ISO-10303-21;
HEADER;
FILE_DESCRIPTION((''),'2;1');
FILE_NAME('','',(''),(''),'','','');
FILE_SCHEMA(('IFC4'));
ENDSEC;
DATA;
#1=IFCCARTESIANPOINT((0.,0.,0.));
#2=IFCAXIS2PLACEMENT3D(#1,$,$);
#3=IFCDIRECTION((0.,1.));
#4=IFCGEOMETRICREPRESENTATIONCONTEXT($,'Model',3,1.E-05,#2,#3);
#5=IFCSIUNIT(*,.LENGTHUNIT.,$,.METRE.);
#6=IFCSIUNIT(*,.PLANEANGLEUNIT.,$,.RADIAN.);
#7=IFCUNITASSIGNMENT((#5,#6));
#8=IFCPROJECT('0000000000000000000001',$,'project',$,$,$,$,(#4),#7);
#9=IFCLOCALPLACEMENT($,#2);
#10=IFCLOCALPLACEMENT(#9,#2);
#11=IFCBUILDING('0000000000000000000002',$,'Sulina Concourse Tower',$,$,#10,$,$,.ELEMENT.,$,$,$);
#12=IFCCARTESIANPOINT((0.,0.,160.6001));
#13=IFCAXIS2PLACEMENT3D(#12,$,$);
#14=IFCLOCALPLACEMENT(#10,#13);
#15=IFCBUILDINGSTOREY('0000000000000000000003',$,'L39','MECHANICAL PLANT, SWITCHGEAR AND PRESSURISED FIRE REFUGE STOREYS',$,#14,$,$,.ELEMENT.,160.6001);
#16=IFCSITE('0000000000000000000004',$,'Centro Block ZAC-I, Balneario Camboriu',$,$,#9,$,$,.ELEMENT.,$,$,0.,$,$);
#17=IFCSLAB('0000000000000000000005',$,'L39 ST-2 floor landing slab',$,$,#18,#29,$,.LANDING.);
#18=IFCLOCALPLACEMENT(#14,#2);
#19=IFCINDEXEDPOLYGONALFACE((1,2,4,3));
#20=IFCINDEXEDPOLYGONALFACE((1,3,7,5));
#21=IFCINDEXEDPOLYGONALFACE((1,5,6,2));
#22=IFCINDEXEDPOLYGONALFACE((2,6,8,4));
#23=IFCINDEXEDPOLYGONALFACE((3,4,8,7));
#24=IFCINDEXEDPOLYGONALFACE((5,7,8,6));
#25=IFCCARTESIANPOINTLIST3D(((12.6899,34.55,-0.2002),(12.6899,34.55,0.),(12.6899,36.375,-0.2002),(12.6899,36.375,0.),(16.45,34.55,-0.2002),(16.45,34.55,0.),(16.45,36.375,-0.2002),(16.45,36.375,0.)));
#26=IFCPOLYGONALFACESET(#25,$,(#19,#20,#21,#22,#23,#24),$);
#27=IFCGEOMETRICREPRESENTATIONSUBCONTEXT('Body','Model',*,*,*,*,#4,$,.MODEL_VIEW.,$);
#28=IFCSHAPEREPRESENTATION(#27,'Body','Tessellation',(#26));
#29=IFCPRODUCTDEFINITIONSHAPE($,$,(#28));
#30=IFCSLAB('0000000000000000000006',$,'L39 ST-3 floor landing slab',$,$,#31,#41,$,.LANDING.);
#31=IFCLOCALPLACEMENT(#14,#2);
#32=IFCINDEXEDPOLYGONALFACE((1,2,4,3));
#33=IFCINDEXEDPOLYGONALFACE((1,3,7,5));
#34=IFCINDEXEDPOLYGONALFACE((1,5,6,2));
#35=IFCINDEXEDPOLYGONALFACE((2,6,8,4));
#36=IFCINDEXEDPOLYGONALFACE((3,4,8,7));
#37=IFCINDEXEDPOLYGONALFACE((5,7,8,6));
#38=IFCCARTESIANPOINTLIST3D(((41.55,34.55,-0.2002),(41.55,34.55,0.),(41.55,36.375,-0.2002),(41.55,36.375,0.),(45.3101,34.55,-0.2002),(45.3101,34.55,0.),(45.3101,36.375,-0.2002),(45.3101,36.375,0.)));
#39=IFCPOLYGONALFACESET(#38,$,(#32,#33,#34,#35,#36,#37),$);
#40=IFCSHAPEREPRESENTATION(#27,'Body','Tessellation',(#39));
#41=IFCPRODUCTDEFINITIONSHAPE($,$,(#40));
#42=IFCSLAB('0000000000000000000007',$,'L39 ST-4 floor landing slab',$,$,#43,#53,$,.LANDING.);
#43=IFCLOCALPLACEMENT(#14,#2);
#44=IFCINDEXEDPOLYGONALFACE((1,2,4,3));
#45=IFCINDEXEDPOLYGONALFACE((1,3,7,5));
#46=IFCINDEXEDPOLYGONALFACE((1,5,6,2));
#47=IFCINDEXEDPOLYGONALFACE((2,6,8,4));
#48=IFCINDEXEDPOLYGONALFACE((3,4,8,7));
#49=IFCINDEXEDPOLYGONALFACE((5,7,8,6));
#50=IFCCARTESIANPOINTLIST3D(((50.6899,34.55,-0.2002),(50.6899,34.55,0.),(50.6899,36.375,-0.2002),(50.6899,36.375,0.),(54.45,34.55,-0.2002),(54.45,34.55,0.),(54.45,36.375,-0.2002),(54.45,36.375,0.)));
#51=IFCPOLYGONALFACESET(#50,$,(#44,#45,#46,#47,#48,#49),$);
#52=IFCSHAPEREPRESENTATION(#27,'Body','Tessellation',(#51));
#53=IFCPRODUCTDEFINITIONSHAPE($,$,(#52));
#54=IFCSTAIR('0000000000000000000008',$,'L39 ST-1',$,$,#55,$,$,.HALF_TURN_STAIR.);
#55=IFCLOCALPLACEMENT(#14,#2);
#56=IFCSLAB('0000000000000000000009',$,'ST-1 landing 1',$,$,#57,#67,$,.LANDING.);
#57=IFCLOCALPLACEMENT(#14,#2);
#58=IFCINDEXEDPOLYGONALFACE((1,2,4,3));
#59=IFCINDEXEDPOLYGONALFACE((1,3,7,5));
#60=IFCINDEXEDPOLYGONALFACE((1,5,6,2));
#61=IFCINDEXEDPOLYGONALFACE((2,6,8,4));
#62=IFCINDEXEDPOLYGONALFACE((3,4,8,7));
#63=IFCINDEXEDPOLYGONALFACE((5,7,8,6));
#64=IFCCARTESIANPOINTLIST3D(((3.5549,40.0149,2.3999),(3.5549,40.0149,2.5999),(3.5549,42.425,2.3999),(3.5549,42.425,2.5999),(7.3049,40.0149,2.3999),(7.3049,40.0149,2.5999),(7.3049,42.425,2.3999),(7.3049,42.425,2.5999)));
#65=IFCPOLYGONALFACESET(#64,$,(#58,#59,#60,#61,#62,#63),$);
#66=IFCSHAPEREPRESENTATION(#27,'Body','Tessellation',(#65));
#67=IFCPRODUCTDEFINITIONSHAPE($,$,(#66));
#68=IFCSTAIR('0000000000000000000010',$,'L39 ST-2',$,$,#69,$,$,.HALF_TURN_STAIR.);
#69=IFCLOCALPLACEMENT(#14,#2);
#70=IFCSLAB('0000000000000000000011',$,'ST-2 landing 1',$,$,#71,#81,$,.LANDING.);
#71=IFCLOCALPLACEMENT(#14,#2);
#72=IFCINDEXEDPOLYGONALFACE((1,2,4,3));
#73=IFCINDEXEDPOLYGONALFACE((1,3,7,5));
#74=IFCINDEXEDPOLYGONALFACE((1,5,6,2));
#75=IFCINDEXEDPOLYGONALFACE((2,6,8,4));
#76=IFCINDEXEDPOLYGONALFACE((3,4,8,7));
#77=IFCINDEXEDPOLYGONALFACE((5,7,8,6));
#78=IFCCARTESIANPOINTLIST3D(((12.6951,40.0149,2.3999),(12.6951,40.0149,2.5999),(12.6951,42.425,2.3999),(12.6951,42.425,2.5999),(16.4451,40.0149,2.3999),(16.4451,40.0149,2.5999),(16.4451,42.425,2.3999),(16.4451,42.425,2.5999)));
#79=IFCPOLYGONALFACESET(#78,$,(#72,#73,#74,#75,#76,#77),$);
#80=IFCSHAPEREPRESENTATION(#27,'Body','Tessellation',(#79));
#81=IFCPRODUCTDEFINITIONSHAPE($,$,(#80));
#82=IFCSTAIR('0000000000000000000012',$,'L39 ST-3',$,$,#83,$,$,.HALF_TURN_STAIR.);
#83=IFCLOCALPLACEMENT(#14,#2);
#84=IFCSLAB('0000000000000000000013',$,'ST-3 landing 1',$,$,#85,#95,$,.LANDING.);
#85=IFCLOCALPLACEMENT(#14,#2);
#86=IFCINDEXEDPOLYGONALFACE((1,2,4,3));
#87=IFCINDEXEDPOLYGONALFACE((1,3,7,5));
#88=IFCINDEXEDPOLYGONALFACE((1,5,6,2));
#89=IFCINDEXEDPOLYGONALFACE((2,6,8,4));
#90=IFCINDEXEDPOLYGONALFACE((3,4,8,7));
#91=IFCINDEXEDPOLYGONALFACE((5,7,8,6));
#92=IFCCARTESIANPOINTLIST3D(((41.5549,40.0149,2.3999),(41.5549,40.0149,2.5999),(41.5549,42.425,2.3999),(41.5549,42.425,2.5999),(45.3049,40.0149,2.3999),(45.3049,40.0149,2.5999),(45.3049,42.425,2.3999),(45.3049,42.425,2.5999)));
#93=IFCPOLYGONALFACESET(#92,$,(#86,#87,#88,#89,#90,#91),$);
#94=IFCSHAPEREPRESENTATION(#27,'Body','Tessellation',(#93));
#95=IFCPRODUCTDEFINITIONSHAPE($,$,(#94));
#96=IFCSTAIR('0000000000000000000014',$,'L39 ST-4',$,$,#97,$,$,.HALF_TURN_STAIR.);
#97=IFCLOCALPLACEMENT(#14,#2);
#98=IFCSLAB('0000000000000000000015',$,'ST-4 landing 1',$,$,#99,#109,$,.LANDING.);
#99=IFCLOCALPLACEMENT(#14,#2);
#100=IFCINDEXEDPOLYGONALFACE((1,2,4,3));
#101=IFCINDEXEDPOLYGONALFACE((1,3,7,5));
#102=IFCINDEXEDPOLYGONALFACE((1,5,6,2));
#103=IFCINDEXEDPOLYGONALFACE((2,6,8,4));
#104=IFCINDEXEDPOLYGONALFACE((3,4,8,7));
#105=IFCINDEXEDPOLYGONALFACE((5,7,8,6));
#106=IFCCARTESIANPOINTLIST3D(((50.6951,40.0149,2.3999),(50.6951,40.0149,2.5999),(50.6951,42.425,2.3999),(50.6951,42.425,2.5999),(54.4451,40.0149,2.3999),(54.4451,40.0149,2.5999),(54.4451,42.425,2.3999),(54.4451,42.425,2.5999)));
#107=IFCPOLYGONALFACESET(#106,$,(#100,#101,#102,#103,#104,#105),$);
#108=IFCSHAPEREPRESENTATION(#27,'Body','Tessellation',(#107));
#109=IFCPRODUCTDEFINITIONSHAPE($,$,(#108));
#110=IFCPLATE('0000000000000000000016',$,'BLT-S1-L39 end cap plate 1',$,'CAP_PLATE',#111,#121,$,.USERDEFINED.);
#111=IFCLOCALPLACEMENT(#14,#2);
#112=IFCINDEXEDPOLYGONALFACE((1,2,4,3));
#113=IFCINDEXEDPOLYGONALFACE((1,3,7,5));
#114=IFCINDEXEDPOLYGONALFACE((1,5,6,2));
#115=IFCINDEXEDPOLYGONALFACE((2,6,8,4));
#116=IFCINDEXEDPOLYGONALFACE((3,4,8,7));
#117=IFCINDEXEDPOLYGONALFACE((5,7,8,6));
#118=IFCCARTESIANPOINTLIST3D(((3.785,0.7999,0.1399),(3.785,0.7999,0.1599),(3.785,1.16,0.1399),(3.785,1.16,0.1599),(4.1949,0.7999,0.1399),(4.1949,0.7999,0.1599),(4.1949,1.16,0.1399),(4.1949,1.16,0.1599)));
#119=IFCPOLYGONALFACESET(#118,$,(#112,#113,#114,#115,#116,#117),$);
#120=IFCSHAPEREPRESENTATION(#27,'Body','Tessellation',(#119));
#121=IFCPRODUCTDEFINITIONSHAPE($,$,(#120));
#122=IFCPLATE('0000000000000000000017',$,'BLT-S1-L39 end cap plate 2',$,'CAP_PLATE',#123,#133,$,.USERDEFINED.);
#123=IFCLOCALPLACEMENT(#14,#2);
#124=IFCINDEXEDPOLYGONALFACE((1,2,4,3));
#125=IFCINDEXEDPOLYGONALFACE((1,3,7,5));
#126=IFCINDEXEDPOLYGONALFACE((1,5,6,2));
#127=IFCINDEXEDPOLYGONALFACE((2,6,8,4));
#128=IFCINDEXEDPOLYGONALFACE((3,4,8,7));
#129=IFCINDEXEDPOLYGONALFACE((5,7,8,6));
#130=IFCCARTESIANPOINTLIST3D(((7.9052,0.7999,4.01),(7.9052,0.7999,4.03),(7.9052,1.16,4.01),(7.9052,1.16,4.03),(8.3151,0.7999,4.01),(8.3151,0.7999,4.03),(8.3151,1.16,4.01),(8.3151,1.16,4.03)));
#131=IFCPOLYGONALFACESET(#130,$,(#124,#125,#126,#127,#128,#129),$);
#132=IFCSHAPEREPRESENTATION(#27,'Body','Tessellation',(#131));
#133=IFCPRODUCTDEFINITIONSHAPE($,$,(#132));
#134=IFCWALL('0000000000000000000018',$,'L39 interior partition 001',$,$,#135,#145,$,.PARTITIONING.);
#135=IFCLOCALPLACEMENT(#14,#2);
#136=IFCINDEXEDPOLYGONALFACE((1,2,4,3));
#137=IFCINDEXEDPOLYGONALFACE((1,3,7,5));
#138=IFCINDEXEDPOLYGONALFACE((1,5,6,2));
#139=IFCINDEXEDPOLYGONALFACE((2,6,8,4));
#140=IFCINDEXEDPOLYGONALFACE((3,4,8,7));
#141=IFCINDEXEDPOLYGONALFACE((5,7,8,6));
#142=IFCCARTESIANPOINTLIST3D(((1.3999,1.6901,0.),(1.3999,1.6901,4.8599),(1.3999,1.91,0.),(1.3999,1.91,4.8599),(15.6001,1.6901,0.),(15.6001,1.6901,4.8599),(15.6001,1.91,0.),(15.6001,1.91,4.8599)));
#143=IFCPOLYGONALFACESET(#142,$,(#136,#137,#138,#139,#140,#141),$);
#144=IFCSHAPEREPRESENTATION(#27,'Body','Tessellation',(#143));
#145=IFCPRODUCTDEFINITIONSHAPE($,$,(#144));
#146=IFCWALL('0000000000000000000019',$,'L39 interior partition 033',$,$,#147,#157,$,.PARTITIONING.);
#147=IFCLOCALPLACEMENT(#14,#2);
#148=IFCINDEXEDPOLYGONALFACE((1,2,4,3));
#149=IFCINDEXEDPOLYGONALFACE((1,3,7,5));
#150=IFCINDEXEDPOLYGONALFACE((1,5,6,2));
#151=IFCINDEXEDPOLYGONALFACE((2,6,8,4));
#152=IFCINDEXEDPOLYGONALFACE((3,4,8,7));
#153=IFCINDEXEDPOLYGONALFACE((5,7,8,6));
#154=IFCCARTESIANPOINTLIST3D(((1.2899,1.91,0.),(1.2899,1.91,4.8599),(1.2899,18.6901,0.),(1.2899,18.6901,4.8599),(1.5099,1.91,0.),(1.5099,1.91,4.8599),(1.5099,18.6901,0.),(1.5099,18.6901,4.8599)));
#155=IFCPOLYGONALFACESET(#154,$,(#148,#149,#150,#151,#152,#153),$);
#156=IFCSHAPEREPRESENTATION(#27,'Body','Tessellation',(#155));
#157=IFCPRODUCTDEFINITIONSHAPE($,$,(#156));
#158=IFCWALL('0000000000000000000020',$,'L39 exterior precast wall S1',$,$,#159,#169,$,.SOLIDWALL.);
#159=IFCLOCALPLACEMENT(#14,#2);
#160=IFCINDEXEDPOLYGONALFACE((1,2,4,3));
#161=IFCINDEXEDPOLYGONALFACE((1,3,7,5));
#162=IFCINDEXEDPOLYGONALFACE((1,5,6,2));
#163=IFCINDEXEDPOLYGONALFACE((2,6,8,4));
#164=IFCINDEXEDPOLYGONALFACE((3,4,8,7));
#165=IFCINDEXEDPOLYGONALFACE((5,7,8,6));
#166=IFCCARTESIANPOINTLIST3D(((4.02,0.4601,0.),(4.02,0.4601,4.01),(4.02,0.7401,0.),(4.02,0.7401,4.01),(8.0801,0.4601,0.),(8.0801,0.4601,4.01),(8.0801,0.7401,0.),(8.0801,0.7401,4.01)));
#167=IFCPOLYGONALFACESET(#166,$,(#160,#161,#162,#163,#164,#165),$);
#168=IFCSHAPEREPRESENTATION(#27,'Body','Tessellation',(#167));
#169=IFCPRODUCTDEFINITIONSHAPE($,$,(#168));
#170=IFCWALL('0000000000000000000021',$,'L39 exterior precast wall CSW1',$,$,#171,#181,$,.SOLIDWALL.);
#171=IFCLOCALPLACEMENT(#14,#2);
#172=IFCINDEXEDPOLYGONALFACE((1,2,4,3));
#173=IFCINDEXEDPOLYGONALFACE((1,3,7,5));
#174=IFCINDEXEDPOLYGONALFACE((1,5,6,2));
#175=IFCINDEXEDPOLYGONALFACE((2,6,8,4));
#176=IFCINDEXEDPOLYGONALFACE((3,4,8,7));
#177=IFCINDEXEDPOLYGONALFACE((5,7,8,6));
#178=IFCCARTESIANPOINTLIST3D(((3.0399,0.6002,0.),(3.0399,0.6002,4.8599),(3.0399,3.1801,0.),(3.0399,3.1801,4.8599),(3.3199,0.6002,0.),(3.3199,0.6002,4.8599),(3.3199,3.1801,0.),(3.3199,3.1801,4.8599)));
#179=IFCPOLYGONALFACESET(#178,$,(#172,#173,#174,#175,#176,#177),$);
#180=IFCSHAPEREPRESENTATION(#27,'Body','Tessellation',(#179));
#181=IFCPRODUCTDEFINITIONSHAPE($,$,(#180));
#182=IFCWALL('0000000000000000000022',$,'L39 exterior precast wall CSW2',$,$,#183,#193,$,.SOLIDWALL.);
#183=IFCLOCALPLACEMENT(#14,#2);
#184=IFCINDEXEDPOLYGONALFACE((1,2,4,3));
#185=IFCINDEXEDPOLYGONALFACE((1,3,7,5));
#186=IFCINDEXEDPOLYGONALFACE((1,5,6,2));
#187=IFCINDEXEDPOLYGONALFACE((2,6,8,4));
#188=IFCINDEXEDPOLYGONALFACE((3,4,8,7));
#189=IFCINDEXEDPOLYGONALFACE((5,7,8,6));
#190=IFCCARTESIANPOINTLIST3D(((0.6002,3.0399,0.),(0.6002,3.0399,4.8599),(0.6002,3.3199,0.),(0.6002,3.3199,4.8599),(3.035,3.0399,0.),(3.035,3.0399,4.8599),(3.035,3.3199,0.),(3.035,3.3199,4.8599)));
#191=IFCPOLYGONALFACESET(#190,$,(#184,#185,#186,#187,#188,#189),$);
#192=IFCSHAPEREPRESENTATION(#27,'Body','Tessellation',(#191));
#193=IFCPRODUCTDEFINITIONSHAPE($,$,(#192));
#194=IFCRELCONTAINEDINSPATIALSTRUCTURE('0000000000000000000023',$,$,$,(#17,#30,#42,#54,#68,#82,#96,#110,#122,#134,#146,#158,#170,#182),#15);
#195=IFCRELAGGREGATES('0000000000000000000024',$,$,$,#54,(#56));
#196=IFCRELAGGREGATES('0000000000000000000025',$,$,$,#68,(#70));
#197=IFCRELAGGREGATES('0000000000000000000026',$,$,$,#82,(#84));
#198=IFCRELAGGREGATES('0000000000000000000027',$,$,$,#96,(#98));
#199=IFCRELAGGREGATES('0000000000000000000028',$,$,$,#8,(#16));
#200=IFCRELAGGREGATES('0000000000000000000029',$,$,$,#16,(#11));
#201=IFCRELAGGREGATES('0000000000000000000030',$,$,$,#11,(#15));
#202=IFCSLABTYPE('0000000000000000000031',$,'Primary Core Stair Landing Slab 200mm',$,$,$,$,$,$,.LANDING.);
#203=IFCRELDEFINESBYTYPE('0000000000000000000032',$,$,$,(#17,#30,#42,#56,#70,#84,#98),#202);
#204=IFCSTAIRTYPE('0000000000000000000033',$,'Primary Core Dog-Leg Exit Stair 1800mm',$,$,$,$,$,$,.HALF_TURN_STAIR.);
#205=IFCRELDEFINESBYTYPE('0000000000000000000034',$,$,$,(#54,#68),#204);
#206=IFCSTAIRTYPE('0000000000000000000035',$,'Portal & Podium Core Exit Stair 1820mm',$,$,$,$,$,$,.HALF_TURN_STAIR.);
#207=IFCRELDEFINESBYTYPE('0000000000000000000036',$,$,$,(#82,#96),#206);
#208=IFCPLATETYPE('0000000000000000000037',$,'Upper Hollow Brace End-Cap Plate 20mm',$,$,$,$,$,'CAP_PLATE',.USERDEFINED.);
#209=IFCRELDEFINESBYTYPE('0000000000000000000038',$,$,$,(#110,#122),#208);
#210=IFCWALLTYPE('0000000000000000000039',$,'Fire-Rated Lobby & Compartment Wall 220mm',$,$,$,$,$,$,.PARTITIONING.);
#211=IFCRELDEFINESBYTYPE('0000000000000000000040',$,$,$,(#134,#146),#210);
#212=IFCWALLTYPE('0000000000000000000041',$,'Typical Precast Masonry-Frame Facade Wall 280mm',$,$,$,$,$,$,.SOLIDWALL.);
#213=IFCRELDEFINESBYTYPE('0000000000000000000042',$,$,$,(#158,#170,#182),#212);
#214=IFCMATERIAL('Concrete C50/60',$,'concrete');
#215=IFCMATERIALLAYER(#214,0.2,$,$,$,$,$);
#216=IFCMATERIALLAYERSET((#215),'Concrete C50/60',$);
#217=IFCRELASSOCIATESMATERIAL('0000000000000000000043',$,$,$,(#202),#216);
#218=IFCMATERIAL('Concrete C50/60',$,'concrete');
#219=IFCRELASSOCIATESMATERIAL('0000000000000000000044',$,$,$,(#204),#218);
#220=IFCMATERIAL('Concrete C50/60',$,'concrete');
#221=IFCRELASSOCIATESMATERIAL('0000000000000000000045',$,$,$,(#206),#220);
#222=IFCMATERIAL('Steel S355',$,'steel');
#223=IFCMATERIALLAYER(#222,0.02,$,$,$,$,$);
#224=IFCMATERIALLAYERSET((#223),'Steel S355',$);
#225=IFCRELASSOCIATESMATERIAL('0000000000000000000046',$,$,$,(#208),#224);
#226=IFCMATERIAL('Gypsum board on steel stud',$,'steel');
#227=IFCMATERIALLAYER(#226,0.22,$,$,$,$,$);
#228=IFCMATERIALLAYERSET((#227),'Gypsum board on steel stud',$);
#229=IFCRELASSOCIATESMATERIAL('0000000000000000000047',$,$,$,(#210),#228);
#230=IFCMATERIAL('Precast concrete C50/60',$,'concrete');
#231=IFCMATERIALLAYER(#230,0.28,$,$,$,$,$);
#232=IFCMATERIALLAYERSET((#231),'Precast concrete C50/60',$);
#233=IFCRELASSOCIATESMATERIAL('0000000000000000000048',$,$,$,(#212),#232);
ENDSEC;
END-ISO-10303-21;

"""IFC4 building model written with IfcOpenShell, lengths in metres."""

from ifc_helpers import new_model, si_unit, direction, frame, frame_2d, origin, origin_2d, place, context, subcontext, project, spatial, polyline, rectangle, outline, extrude, material, layer, layer_set, type_object, element, aggregate, save


model = new_model("IFC4")

# Units and contexts
model_context = context("Model", 3, precision=1e-05, world=origin(), true_north=direction((0.0, 1.0)))
body_context = subcontext(model_context, "Body", "Model", "MODEL_VIEW")
ifc_project = project(units=[si_unit("LENGTHUNIT", "METRE"), si_unit("PLANEANGLEUNIT", "RADIAN")], contexts=[model_context])

# Site, building, storey
site_placement = place(None, origin())
site = spatial("IfcSite", under=ifc_project, at=site_placement, Name="Centro Block ZAC-I, Balneario Camboriu", CompositionType="ELEMENT", RefElevation=0.0)
building_placement = place(site_placement, origin())
building = spatial("IfcBuilding", under=site, at=building_placement, Name="Sulina Concourse Tower", CompositionType="ELEMENT")
storey_placement = place(building_placement, frame((0.0, 0.0, 160.6001)))
storey = spatial("IfcBuildingStorey", under=building, at=storey_placement, Name="L39", Description="MECHANICAL PLANT, SWITCHGEAR AND PRESSURISED FIRE REFUGE STOREYS", CompositionType="ELEMENT", Elevation=160.6001)

# Slabs
ifc_material_1 = material(Name="Concrete C50/60", Category="concrete")
ifc_layer_1 = layer(ifc_material_1, 0.2)
ifc_layer_set_1 = layer_set([ifc_layer_1], Name="Concrete C50/60")
slab_type_1 = type_object("IfcSlabType", Name="Primary Core Stair Landing Slab 200mm", PredefinedType="LANDING", material=ifc_layer_set_1)
slab_1_placement = place(storey_placement, frame((0.0, 0.0, -0.2002)))
element("IfcSlab", 1, at=slab_1_placement, inside=storey, type_object=slab_type_1, Name="L39 ST-2 floor landing slab", PredefinedType="LANDING", context=body_context, shape_type="SweptSolid", body=[
    extrude(outline(polyline([(16.45, 34.55), (16.45, 36.375), (12.6899, 36.375), (12.6899, 34.55), (16.45, 34.55)])), origin(), (0.0, 0.0, 1.0), 0.2002),
])
slab_2_placement = place(storey_placement, frame((0.0, 0.0, -0.2002)))
element("IfcSlab", 2, at=slab_2_placement, inside=storey, type_object=slab_type_1, Name="L39 ST-3 floor landing slab", PredefinedType="LANDING", context=body_context, shape_type="SweptSolid", body=[
    extrude(outline(polyline([(45.3101, 34.55), (45.3101, 36.375), (41.55, 36.375), (41.55, 34.55), (45.3101, 34.55)])), origin(), (0.0, 0.0, 1.0), 0.2002),
])
slab_3_placement = place(storey_placement, frame((0.0, 0.0, -0.2002)))
element("IfcSlab", 3, at=slab_3_placement, inside=storey, type_object=slab_type_1, Name="L39 ST-4 floor landing slab", PredefinedType="LANDING", context=body_context, shape_type="SweptSolid", body=[
    extrude(outline(polyline([(54.45, 34.55), (54.45, 36.375), (50.6899, 36.375), (50.6899, 34.55), (54.45, 34.55)])), origin(), (0.0, 0.0, 1.0), 0.2002),
])

# Stairs, slabs
ifc_material_2 = material(Name="Concrete C50/60", Category="concrete")
stair_type_1 = type_object("IfcStairType", Name="Primary Core Dog-Leg Exit Stair 1800mm", PredefinedType="HALF_TURN_STAIR", material=ifc_material_2)
stair_1_placement = place(storey_placement, origin())
stair_1 = element("IfcStair", 4, at=stair_1_placement, inside=storey, type_object=stair_type_1, Name="L39 ST-1", PredefinedType="HALF_TURN_STAIR")
slab_4_placement = place(storey_placement, frame((0.0, 0.0, 2.3999)))
slab_4 = element("IfcSlab", 5, at=slab_4_placement, type_object=slab_type_1, Name="ST-1 landing 1", PredefinedType="LANDING", context=body_context, shape_type="SweptSolid", body=[
    extrude(outline(polyline([(7.3049, 40.0149), (7.3049, 42.425), (3.5549, 42.425), (3.5549, 40.0149), (7.3049, 40.0149)])), origin(), (0.0, 0.0, 1.0), 0.2),
])
aggregate(stair_1, [slab_4])
stair_2_placement = place(storey_placement, origin())
stair_2 = element("IfcStair", 6, at=stair_2_placement, inside=storey, type_object=stair_type_1, Name="L39 ST-2", PredefinedType="HALF_TURN_STAIR")
slab_5_placement = place(storey_placement, frame((0.0, 0.0, 2.3999)))
slab_5 = element("IfcSlab", 7, at=slab_5_placement, type_object=slab_type_1, Name="ST-2 landing 1", PredefinedType="LANDING", context=body_context, shape_type="SweptSolid", body=[
    extrude(outline(polyline([(16.4451, 40.0149), (16.4451, 42.425), (12.6951, 42.425), (12.6951, 40.0149), (16.4451, 40.0149)])), origin(), (0.0, 0.0, 1.0), 0.2),
])
aggregate(stair_2, [slab_5])
ifc_material_3 = material(Name="Concrete C50/60", Category="concrete")
stair_type_2 = type_object("IfcStairType", Name="Portal & Podium Core Exit Stair 1820mm", PredefinedType="HALF_TURN_STAIR", material=ifc_material_3)
stair_3_placement = place(storey_placement, origin())
stair_3 = element("IfcStair", 8, at=stair_3_placement, inside=storey, type_object=stair_type_2, Name="L39 ST-3", PredefinedType="HALF_TURN_STAIR")
slab_6_placement = place(storey_placement, frame((0.0, 0.0, 2.3999)))
slab_6 = element("IfcSlab", 9, at=slab_6_placement, type_object=slab_type_1, Name="ST-3 landing 1", PredefinedType="LANDING", context=body_context, shape_type="SweptSolid", body=[
    extrude(outline(polyline([(45.3049, 40.0149), (45.3049, 42.425), (41.5549, 42.425), (41.5549, 40.0149), (45.3049, 40.0149)])), origin(), (0.0, 0.0, 1.0), 0.2),
])
aggregate(stair_3, [slab_6])
stair_4_placement = place(storey_placement, origin())
stair_4 = element("IfcStair", 10, at=stair_4_placement, inside=storey, type_object=stair_type_2, Name="L39 ST-4", PredefinedType="HALF_TURN_STAIR")
slab_7_placement = place(storey_placement, frame((0.0, 0.0, 2.3999)))
slab_7 = element("IfcSlab", 11, at=slab_7_placement, type_object=slab_type_1, Name="ST-4 landing 1", PredefinedType="LANDING", context=body_context, shape_type="SweptSolid", body=[
    extrude(outline(polyline([(54.4451, 40.0149), (54.4451, 42.425), (50.6951, 42.425), (50.6951, 40.0149), (54.4451, 40.0149)])), origin(), (0.0, 0.0, 1.0), 0.2),
])
aggregate(stair_4, [slab_7])

# Plates
ifc_material_4 = material(Name="Steel S355", Category="steel")
ifc_layer_2 = layer(ifc_material_4, 0.02)
ifc_layer_set_2 = layer_set([ifc_layer_2], Name="Steel S355")
plate_type_1 = type_object("IfcPlateType", Name="Upper Hollow Brace End-Cap Plate 20mm", ElementType="CAP_PLATE", PredefinedType="USERDEFINED", material=ifc_layer_set_2)
for number, where, z_axis, x_axis, name in (
    (12, (3.99, 0.98, 0.1399), (0.0, 0.0, 1.0), (1.0, 0.0, 0.0), "BLT-S1-L39 end cap plate 1"),
    (13, (8.1101, 0.98, 4.01), (0.0, 0.0, 1.0), (1.0, 0.0, 0.0), "BLT-S1-L39 end cap plate 2"),
):
    element("IfcPlate", number, at=place(storey_placement, frame(where, z_axis=z_axis, x_axis=x_axis)), inside=storey, type_object=plate_type_1, Name=name, ObjectType="CAP_PLATE", PredefinedType="USERDEFINED", context=body_context, shape_type="SweptSolid", body=[
        extrude(rectangle(XDim=0.4099, YDim=0.3601, at=origin_2d()), origin(), (0.0, 0.0, 1.0), 0.02),
    ])

# Walls
ifc_material_5 = material(Name="Gypsum board on steel stud", Category="steel")
ifc_layer_3 = layer(ifc_material_5, 0.22)
ifc_layer_set_3 = layer_set([ifc_layer_3], Name="Gypsum board on steel stud")
wall_type_1 = type_object("IfcWallType", Name="Fire-Rated Lobby & Compartment Wall 220mm", PredefinedType="PARTITIONING", material=ifc_layer_set_3)
wall_1_placement = place(storey_placement, frame((1.3999, 1.8, 0.0), z_axis=(0.0, 0.0, 1.0), x_axis=(1.0, 0.0, 0.0)))
element("IfcWall", 14, at=wall_1_placement, inside=storey, type_object=wall_type_1, Name="L39 interior partition 001", PredefinedType="PARTITIONING", context=body_context, shape_type="SweptSolid", body=[
    extrude(rectangle(XDim=14.2002, YDim=0.22, at=frame_2d((7.1001, 0.0))), origin(), (0.0, 0.0, 1.0), 4.8599),
])
wall_2_placement = place(storey_placement, frame((1.3999, 1.9099, 0.0), z_axis=(0.0, 0.0, 1.0), x_axis=(0.0, 1.0, 0.0)))
element("IfcWall", 15, at=wall_2_placement, inside=storey, type_object=wall_type_1, Name="L39 interior partition 033", PredefinedType="PARTITIONING", context=body_context, shape_type="SweptSolid", body=[
    extrude(rectangle(XDim=16.78, YDim=0.22, at=frame_2d((8.3901, 0.0))), origin(), (0.0, 0.0, 1.0), 4.8599),
])
ifc_material_6 = material(Name="Precast concrete C50/60", Category="concrete")
ifc_layer_4 = layer(ifc_material_6, 0.28)
ifc_layer_set_4 = layer_set([ifc_layer_4], Name="Precast concrete C50/60")
wall_type_2 = type_object("IfcWallType", Name="Typical Precast Masonry-Frame Facade Wall 280mm", PredefinedType="SOLIDWALL", material=ifc_layer_set_4)
wall_3_placement = place(storey_placement, frame((8.0801, 0.6001, 0.0), z_axis=(0.0, 0.0, 1.0), x_axis=(-1.0, 0.0, 0.0)))
element("IfcWall", 16, at=wall_3_placement, inside=storey, type_object=wall_type_2, Name="L39 exterior precast wall S1", PredefinedType="SOLIDWALL", context=body_context, shape_type="SweptSolid", body=[
    extrude(rectangle(XDim=4.0601, YDim=0.28, at=frame_2d((2.03, 0.0))), origin(), (0.0, 0.0, 1.0), 4.01),
])
wall_4_placement = place(storey_placement, frame((3.1799, 0.6001, 0.0), z_axis=(0.0, 0.0, 1.0), x_axis=(0.0, 1.0, 0.0)))
element("IfcWall", 17, at=wall_4_placement, inside=storey, type_object=wall_type_2, Name="L39 exterior precast wall CSW1", PredefinedType="SOLIDWALL", context=body_context, shape_type="SweptSolid", body=[
    extrude(rectangle(XDim=2.5798, YDim=0.28, at=frame_2d((1.29, 0.0))), origin(), (0.0, 0.0, 1.0), 4.8599),
])
wall_5_placement = place(storey_placement, frame((3.0349, 3.1799, 0.0), z_axis=(0.0, 0.0, 1.0), x_axis=(-1.0, 0.0, 0.0)))
element("IfcWall", 18, at=wall_5_placement, inside=storey, type_object=wall_type_2, Name="L39 exterior precast wall CSW2", PredefinedType="SOLIDWALL", context=body_context, shape_type="SweptSolid", body=[
    extrude(rectangle(XDim=2.4348, YDim=0.28, at=frame_2d((1.2173, 0.0))), origin(), (0.0, 0.0, 1.0), 4.8599),
])

save(model, "model.ifc")
